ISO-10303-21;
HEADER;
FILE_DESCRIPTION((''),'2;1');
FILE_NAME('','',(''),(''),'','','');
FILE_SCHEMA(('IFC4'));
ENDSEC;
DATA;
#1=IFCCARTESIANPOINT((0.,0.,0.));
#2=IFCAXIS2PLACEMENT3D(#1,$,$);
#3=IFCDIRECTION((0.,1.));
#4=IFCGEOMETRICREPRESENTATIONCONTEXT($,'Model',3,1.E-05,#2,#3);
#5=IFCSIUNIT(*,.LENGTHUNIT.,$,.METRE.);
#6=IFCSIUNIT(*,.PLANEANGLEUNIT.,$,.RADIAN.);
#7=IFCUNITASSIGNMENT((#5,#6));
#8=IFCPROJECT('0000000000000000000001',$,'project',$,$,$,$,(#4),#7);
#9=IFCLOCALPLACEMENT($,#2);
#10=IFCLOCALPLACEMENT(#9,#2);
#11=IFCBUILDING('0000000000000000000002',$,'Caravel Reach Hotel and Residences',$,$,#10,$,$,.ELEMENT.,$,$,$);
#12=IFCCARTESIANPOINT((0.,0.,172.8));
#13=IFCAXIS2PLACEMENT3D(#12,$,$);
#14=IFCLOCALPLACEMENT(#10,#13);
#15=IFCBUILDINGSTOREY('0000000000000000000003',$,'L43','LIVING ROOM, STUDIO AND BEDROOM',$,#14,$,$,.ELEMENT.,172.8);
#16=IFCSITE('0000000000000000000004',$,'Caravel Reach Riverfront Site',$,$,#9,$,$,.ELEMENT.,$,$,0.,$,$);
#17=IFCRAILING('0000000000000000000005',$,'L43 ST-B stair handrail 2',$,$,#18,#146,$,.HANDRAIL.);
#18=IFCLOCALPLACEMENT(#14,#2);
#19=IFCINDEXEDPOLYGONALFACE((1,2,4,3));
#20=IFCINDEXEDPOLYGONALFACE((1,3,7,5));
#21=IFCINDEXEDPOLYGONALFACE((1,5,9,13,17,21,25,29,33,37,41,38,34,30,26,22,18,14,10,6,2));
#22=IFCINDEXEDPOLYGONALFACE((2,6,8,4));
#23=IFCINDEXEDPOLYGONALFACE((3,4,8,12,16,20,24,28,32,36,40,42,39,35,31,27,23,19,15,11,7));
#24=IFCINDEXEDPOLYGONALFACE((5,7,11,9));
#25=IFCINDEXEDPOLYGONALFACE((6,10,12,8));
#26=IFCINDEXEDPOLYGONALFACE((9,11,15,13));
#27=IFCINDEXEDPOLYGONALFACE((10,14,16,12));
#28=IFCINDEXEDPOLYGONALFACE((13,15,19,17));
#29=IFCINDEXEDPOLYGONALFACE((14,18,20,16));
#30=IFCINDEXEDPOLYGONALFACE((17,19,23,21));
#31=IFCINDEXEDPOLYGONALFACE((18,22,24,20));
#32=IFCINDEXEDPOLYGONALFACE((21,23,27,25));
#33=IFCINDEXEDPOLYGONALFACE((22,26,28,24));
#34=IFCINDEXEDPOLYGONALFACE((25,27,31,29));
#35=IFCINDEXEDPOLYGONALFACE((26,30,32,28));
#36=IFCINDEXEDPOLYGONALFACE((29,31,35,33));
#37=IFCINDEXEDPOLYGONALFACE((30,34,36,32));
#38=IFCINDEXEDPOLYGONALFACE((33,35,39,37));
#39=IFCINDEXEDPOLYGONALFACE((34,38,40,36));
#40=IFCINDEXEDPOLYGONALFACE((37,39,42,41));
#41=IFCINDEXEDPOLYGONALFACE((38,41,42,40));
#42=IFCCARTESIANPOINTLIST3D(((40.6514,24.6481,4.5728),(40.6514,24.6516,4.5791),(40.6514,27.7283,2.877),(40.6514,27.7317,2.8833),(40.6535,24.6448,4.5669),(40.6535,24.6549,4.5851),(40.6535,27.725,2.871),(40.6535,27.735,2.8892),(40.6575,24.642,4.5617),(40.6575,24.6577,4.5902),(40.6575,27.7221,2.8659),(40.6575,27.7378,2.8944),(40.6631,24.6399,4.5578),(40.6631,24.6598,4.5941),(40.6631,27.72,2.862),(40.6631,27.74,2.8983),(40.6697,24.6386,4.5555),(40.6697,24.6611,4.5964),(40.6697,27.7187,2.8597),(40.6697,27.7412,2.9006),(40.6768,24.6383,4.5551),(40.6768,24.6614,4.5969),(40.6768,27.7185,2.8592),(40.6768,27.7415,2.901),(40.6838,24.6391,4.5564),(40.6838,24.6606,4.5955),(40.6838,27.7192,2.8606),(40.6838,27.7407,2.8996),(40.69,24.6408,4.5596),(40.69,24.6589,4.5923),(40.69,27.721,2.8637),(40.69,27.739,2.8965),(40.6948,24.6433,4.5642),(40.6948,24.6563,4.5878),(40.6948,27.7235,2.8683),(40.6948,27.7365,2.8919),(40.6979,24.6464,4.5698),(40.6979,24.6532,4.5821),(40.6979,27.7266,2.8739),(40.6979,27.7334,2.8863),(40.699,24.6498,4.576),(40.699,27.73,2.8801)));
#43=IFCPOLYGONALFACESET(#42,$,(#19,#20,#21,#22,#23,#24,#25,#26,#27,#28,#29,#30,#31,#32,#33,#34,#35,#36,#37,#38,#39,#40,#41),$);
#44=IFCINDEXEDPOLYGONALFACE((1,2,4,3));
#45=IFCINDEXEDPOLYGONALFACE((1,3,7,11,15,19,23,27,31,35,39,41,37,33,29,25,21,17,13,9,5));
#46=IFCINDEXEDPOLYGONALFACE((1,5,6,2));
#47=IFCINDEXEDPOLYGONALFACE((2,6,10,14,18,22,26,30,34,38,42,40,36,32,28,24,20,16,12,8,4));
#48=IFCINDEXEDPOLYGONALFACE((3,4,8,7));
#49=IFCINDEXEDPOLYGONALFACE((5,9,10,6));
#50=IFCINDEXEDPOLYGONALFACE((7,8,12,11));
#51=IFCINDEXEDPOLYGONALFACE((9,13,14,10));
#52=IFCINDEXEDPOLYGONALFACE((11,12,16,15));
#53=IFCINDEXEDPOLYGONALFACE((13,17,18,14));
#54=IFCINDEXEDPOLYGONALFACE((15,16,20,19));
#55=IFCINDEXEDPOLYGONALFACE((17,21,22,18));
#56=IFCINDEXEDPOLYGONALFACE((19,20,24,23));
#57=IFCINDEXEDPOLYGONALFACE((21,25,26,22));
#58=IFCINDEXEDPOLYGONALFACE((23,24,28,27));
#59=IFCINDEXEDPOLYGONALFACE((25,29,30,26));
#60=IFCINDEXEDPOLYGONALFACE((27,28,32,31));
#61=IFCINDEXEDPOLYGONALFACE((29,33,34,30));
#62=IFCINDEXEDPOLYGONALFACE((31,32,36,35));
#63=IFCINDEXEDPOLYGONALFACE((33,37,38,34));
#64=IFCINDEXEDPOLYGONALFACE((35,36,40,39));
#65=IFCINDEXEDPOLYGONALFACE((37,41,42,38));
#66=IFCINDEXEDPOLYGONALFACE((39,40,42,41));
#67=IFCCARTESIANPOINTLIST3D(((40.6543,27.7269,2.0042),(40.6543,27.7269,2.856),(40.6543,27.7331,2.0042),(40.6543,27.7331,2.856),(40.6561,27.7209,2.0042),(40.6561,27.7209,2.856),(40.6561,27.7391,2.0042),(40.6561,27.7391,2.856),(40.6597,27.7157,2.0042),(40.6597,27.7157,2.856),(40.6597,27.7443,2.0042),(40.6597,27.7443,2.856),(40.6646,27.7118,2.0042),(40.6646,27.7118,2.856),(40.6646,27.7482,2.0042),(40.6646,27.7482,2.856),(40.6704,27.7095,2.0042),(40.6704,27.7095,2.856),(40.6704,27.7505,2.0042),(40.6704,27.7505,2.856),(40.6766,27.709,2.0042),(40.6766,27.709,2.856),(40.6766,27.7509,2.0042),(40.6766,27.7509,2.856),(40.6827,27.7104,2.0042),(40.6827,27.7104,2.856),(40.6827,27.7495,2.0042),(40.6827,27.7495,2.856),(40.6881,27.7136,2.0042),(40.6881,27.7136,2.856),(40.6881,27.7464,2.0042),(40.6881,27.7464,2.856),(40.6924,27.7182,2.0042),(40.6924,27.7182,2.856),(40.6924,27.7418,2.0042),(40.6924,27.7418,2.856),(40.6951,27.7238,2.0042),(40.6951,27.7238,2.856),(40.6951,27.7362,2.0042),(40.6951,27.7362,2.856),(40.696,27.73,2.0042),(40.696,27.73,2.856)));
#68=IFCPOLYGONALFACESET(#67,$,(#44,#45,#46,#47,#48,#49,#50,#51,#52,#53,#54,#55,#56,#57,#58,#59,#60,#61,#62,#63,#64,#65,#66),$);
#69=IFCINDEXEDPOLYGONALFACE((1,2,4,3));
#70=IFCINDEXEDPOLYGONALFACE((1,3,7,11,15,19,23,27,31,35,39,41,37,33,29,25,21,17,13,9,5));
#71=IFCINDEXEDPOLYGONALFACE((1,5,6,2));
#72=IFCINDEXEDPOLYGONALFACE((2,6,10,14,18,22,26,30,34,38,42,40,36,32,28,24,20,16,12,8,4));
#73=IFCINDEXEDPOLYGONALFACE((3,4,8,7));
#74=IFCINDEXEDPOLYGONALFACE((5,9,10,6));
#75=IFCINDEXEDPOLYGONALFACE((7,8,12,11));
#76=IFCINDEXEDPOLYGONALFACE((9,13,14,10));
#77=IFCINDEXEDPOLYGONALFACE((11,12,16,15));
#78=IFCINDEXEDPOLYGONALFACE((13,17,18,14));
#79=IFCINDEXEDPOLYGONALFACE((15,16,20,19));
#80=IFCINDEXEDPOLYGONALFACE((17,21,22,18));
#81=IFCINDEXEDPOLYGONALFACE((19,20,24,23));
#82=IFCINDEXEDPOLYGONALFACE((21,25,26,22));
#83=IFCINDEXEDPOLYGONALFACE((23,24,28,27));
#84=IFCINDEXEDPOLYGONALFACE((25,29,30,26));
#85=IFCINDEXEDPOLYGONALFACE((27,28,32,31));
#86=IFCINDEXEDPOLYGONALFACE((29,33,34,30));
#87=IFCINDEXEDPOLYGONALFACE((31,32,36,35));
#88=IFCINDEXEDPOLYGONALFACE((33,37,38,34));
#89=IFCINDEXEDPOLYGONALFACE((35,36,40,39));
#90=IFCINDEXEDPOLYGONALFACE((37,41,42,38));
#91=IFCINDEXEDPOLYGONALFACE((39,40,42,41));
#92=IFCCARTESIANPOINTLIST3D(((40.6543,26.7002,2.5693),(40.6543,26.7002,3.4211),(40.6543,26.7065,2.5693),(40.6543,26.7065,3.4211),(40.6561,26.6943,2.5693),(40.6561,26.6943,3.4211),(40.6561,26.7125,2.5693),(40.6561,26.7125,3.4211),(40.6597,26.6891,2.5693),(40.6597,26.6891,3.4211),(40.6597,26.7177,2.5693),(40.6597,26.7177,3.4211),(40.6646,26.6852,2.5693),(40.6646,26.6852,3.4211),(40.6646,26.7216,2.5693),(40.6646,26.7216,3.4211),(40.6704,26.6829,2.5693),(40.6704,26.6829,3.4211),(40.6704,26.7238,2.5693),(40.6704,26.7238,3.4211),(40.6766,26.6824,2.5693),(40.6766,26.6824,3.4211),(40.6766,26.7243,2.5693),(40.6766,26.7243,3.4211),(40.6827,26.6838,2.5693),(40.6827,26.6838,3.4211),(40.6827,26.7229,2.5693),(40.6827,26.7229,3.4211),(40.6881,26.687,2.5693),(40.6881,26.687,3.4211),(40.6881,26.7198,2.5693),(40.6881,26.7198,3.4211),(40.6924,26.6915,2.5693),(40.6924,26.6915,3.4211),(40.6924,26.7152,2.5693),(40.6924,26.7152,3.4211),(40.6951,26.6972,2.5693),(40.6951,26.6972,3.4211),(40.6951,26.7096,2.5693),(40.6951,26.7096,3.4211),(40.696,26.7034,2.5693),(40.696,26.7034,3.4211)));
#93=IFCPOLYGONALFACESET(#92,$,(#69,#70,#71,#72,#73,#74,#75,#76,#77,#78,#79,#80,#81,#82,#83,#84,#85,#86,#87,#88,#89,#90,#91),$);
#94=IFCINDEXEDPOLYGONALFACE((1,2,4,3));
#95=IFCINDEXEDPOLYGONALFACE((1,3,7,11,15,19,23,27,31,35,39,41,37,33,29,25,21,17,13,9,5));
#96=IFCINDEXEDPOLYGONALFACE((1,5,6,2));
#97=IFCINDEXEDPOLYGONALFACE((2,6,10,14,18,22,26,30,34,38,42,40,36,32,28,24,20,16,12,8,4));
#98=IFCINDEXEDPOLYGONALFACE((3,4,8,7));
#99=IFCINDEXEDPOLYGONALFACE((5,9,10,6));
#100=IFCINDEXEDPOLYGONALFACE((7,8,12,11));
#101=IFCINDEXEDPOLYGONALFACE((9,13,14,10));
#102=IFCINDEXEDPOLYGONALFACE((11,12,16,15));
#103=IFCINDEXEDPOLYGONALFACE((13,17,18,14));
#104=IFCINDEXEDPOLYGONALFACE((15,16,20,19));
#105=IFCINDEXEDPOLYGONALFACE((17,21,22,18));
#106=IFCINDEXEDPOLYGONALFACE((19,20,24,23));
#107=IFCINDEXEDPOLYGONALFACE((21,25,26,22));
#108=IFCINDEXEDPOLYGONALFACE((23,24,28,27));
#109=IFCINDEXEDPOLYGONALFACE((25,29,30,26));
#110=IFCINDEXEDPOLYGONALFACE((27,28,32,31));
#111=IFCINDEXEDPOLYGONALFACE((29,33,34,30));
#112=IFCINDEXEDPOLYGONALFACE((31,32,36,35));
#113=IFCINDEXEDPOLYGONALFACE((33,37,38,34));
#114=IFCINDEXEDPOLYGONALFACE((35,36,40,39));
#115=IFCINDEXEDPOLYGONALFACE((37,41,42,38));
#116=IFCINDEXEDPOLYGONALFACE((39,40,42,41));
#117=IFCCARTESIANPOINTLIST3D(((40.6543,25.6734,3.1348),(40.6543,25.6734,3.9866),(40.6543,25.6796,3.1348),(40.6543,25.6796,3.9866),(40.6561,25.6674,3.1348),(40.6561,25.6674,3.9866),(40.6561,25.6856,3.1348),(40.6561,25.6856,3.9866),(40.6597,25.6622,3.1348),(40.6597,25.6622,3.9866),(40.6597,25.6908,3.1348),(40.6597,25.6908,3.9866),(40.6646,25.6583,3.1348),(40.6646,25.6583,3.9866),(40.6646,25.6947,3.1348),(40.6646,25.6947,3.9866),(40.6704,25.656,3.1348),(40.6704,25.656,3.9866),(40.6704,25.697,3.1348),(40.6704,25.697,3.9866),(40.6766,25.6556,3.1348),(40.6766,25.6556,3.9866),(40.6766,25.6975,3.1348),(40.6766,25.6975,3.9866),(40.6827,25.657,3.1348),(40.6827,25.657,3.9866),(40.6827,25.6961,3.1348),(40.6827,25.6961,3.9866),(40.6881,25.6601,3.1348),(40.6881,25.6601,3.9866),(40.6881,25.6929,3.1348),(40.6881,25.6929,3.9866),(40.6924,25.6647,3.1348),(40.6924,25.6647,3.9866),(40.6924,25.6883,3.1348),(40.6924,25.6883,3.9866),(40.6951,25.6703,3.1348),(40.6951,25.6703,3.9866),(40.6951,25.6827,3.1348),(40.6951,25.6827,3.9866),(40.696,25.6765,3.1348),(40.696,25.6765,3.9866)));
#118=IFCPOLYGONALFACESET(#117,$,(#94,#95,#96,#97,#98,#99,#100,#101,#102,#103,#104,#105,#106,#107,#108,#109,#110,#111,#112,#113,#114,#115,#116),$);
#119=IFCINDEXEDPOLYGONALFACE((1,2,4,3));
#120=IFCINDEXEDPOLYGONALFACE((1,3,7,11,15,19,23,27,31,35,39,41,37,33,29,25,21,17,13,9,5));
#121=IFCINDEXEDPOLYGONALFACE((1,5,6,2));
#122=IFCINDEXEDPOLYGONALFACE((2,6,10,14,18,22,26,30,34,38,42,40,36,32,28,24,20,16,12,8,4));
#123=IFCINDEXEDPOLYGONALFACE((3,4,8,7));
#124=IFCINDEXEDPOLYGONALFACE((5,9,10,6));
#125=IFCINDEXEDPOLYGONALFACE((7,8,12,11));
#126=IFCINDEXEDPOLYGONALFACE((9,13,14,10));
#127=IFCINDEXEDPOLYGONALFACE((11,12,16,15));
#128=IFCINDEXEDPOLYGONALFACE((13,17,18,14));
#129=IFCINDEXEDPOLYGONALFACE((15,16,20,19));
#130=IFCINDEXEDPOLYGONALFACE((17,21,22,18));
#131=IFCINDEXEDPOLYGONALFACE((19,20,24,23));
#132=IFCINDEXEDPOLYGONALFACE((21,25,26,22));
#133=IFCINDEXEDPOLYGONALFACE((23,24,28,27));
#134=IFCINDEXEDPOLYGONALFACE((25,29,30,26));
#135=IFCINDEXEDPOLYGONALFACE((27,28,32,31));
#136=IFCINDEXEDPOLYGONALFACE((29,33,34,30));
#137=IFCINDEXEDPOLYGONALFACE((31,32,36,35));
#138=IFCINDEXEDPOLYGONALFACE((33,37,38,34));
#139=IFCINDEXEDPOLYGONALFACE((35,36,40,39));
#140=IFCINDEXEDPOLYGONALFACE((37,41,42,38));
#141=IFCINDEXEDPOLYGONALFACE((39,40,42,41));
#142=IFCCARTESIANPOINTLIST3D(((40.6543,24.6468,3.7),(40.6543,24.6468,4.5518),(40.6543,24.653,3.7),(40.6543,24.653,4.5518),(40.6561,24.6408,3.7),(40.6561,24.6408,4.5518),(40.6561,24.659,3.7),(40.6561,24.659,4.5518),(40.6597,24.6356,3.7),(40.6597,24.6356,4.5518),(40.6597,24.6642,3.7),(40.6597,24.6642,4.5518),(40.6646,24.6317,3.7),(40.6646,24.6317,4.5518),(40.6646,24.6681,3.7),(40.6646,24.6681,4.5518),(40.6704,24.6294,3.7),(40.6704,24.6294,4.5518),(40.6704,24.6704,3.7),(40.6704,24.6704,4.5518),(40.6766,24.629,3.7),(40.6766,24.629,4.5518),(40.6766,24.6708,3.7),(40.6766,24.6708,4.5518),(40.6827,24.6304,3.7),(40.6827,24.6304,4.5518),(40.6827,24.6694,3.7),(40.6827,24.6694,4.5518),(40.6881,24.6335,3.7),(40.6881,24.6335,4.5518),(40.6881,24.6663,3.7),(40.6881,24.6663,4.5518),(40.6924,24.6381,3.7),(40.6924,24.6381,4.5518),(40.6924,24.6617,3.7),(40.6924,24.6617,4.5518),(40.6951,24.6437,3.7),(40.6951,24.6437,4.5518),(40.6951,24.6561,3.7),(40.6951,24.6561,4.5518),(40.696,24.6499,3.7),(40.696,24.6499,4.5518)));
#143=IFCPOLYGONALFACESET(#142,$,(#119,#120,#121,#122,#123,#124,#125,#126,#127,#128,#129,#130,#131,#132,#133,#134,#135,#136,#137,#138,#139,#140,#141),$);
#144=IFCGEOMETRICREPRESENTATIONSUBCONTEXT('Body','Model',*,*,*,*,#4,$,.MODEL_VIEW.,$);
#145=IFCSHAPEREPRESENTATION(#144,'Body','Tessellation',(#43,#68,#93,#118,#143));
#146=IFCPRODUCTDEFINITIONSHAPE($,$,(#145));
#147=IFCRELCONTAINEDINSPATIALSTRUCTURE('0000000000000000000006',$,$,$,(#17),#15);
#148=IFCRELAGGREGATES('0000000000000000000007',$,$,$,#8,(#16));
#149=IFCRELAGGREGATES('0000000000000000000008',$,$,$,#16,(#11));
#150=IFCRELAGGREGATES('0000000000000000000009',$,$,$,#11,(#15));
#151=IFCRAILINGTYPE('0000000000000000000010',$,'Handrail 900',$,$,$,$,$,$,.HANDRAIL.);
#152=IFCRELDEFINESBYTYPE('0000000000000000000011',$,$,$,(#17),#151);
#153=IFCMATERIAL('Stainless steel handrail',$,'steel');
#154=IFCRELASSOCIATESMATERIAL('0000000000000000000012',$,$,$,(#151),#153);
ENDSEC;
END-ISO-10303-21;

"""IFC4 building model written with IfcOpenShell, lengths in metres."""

from ifc_helpers import new_model, si_unit, direction, frame, origin, origin_2d, place, context, subcontext, project, spatial, circle, extrude, material, type_object, element, save


model = new_model("IFC4")

# Units and contexts
model_context = context("Model", 3, precision=1e-05, world=origin(), true_north=direction((0.0, 1.0)))
body_context = subcontext(model_context, "Body", "Model", "MODEL_VIEW")
ifc_project = project(units=[si_unit("LENGTHUNIT", "METRE"), si_unit("PLANEANGLEUNIT", "RADIAN")], contexts=[model_context])

# Site, building, storey
site_placement = place(None, origin())
site = spatial("IfcSite", under=ifc_project, at=site_placement, Name="Caravel Reach Riverfront Site", CompositionType="ELEMENT", RefElevation=0.0)
building_placement = place(site_placement, origin())
building = spatial("IfcBuilding", under=site, at=building_placement, Name="Caravel Reach Hotel and Residences", CompositionType="ELEMENT")
storey_placement = place(building_placement, frame((0.0, 0.0, 172.8)))
storey = spatial("IfcBuildingStorey", under=building, at=storey_placement, Name="L43", Description="LIVING ROOM, STUDIO AND BEDROOM", CompositionType="ELEMENT", Elevation=172.8)

# Railing
ifc_material_1 = material(Name="Stainless steel handrail", Category="steel")
railing_type_1 = type_object("IfcRailingType", Name="Handrail 900", PredefinedType="HANDRAIL", material=ifc_material_1)
railing_1_placement = place(storey_placement, frame((40.675, 27.73, 2.0042)))
element("IfcRailing", 1, at=railing_1_placement, inside=storey, type_object=railing_type_1, Name="L43 ST-B stair handrail 2", PredefinedType="HANDRAIL", context=body_context, shape_type="SweptSolid", body=[
    extrude(circle(Radius=0.0239, at=origin_2d()), frame((0.0, 0.0, 0.876), z_axis=(0.0, -0.876005, 0.482303), x_axis=(1.0, 0.0, 0.0)), (0.0, 0.0, 1.0), 3.5161),
    extrude(circle(Radius=0.021, at=origin_2d()), origin(), (0.0, 0.0, 1.0), 0.8518),
    extrude(circle(Radius=0.021, at=origin_2d()), frame((0.0, -1.0266, 0.5652)), (0.0, 0.0, 1.0), 0.8518),
    extrude(circle(Radius=0.021, at=origin_2d()), frame((0.0, -2.0535, 1.1306)), (0.0, 0.0, 1.0), 0.8518),
    extrude(circle(Radius=0.021, at=origin_2d()), frame((0.0, -3.0801, 1.6958)), (0.0, 0.0, 1.0), 0.8518),
])

save(model, "model.ifc")
